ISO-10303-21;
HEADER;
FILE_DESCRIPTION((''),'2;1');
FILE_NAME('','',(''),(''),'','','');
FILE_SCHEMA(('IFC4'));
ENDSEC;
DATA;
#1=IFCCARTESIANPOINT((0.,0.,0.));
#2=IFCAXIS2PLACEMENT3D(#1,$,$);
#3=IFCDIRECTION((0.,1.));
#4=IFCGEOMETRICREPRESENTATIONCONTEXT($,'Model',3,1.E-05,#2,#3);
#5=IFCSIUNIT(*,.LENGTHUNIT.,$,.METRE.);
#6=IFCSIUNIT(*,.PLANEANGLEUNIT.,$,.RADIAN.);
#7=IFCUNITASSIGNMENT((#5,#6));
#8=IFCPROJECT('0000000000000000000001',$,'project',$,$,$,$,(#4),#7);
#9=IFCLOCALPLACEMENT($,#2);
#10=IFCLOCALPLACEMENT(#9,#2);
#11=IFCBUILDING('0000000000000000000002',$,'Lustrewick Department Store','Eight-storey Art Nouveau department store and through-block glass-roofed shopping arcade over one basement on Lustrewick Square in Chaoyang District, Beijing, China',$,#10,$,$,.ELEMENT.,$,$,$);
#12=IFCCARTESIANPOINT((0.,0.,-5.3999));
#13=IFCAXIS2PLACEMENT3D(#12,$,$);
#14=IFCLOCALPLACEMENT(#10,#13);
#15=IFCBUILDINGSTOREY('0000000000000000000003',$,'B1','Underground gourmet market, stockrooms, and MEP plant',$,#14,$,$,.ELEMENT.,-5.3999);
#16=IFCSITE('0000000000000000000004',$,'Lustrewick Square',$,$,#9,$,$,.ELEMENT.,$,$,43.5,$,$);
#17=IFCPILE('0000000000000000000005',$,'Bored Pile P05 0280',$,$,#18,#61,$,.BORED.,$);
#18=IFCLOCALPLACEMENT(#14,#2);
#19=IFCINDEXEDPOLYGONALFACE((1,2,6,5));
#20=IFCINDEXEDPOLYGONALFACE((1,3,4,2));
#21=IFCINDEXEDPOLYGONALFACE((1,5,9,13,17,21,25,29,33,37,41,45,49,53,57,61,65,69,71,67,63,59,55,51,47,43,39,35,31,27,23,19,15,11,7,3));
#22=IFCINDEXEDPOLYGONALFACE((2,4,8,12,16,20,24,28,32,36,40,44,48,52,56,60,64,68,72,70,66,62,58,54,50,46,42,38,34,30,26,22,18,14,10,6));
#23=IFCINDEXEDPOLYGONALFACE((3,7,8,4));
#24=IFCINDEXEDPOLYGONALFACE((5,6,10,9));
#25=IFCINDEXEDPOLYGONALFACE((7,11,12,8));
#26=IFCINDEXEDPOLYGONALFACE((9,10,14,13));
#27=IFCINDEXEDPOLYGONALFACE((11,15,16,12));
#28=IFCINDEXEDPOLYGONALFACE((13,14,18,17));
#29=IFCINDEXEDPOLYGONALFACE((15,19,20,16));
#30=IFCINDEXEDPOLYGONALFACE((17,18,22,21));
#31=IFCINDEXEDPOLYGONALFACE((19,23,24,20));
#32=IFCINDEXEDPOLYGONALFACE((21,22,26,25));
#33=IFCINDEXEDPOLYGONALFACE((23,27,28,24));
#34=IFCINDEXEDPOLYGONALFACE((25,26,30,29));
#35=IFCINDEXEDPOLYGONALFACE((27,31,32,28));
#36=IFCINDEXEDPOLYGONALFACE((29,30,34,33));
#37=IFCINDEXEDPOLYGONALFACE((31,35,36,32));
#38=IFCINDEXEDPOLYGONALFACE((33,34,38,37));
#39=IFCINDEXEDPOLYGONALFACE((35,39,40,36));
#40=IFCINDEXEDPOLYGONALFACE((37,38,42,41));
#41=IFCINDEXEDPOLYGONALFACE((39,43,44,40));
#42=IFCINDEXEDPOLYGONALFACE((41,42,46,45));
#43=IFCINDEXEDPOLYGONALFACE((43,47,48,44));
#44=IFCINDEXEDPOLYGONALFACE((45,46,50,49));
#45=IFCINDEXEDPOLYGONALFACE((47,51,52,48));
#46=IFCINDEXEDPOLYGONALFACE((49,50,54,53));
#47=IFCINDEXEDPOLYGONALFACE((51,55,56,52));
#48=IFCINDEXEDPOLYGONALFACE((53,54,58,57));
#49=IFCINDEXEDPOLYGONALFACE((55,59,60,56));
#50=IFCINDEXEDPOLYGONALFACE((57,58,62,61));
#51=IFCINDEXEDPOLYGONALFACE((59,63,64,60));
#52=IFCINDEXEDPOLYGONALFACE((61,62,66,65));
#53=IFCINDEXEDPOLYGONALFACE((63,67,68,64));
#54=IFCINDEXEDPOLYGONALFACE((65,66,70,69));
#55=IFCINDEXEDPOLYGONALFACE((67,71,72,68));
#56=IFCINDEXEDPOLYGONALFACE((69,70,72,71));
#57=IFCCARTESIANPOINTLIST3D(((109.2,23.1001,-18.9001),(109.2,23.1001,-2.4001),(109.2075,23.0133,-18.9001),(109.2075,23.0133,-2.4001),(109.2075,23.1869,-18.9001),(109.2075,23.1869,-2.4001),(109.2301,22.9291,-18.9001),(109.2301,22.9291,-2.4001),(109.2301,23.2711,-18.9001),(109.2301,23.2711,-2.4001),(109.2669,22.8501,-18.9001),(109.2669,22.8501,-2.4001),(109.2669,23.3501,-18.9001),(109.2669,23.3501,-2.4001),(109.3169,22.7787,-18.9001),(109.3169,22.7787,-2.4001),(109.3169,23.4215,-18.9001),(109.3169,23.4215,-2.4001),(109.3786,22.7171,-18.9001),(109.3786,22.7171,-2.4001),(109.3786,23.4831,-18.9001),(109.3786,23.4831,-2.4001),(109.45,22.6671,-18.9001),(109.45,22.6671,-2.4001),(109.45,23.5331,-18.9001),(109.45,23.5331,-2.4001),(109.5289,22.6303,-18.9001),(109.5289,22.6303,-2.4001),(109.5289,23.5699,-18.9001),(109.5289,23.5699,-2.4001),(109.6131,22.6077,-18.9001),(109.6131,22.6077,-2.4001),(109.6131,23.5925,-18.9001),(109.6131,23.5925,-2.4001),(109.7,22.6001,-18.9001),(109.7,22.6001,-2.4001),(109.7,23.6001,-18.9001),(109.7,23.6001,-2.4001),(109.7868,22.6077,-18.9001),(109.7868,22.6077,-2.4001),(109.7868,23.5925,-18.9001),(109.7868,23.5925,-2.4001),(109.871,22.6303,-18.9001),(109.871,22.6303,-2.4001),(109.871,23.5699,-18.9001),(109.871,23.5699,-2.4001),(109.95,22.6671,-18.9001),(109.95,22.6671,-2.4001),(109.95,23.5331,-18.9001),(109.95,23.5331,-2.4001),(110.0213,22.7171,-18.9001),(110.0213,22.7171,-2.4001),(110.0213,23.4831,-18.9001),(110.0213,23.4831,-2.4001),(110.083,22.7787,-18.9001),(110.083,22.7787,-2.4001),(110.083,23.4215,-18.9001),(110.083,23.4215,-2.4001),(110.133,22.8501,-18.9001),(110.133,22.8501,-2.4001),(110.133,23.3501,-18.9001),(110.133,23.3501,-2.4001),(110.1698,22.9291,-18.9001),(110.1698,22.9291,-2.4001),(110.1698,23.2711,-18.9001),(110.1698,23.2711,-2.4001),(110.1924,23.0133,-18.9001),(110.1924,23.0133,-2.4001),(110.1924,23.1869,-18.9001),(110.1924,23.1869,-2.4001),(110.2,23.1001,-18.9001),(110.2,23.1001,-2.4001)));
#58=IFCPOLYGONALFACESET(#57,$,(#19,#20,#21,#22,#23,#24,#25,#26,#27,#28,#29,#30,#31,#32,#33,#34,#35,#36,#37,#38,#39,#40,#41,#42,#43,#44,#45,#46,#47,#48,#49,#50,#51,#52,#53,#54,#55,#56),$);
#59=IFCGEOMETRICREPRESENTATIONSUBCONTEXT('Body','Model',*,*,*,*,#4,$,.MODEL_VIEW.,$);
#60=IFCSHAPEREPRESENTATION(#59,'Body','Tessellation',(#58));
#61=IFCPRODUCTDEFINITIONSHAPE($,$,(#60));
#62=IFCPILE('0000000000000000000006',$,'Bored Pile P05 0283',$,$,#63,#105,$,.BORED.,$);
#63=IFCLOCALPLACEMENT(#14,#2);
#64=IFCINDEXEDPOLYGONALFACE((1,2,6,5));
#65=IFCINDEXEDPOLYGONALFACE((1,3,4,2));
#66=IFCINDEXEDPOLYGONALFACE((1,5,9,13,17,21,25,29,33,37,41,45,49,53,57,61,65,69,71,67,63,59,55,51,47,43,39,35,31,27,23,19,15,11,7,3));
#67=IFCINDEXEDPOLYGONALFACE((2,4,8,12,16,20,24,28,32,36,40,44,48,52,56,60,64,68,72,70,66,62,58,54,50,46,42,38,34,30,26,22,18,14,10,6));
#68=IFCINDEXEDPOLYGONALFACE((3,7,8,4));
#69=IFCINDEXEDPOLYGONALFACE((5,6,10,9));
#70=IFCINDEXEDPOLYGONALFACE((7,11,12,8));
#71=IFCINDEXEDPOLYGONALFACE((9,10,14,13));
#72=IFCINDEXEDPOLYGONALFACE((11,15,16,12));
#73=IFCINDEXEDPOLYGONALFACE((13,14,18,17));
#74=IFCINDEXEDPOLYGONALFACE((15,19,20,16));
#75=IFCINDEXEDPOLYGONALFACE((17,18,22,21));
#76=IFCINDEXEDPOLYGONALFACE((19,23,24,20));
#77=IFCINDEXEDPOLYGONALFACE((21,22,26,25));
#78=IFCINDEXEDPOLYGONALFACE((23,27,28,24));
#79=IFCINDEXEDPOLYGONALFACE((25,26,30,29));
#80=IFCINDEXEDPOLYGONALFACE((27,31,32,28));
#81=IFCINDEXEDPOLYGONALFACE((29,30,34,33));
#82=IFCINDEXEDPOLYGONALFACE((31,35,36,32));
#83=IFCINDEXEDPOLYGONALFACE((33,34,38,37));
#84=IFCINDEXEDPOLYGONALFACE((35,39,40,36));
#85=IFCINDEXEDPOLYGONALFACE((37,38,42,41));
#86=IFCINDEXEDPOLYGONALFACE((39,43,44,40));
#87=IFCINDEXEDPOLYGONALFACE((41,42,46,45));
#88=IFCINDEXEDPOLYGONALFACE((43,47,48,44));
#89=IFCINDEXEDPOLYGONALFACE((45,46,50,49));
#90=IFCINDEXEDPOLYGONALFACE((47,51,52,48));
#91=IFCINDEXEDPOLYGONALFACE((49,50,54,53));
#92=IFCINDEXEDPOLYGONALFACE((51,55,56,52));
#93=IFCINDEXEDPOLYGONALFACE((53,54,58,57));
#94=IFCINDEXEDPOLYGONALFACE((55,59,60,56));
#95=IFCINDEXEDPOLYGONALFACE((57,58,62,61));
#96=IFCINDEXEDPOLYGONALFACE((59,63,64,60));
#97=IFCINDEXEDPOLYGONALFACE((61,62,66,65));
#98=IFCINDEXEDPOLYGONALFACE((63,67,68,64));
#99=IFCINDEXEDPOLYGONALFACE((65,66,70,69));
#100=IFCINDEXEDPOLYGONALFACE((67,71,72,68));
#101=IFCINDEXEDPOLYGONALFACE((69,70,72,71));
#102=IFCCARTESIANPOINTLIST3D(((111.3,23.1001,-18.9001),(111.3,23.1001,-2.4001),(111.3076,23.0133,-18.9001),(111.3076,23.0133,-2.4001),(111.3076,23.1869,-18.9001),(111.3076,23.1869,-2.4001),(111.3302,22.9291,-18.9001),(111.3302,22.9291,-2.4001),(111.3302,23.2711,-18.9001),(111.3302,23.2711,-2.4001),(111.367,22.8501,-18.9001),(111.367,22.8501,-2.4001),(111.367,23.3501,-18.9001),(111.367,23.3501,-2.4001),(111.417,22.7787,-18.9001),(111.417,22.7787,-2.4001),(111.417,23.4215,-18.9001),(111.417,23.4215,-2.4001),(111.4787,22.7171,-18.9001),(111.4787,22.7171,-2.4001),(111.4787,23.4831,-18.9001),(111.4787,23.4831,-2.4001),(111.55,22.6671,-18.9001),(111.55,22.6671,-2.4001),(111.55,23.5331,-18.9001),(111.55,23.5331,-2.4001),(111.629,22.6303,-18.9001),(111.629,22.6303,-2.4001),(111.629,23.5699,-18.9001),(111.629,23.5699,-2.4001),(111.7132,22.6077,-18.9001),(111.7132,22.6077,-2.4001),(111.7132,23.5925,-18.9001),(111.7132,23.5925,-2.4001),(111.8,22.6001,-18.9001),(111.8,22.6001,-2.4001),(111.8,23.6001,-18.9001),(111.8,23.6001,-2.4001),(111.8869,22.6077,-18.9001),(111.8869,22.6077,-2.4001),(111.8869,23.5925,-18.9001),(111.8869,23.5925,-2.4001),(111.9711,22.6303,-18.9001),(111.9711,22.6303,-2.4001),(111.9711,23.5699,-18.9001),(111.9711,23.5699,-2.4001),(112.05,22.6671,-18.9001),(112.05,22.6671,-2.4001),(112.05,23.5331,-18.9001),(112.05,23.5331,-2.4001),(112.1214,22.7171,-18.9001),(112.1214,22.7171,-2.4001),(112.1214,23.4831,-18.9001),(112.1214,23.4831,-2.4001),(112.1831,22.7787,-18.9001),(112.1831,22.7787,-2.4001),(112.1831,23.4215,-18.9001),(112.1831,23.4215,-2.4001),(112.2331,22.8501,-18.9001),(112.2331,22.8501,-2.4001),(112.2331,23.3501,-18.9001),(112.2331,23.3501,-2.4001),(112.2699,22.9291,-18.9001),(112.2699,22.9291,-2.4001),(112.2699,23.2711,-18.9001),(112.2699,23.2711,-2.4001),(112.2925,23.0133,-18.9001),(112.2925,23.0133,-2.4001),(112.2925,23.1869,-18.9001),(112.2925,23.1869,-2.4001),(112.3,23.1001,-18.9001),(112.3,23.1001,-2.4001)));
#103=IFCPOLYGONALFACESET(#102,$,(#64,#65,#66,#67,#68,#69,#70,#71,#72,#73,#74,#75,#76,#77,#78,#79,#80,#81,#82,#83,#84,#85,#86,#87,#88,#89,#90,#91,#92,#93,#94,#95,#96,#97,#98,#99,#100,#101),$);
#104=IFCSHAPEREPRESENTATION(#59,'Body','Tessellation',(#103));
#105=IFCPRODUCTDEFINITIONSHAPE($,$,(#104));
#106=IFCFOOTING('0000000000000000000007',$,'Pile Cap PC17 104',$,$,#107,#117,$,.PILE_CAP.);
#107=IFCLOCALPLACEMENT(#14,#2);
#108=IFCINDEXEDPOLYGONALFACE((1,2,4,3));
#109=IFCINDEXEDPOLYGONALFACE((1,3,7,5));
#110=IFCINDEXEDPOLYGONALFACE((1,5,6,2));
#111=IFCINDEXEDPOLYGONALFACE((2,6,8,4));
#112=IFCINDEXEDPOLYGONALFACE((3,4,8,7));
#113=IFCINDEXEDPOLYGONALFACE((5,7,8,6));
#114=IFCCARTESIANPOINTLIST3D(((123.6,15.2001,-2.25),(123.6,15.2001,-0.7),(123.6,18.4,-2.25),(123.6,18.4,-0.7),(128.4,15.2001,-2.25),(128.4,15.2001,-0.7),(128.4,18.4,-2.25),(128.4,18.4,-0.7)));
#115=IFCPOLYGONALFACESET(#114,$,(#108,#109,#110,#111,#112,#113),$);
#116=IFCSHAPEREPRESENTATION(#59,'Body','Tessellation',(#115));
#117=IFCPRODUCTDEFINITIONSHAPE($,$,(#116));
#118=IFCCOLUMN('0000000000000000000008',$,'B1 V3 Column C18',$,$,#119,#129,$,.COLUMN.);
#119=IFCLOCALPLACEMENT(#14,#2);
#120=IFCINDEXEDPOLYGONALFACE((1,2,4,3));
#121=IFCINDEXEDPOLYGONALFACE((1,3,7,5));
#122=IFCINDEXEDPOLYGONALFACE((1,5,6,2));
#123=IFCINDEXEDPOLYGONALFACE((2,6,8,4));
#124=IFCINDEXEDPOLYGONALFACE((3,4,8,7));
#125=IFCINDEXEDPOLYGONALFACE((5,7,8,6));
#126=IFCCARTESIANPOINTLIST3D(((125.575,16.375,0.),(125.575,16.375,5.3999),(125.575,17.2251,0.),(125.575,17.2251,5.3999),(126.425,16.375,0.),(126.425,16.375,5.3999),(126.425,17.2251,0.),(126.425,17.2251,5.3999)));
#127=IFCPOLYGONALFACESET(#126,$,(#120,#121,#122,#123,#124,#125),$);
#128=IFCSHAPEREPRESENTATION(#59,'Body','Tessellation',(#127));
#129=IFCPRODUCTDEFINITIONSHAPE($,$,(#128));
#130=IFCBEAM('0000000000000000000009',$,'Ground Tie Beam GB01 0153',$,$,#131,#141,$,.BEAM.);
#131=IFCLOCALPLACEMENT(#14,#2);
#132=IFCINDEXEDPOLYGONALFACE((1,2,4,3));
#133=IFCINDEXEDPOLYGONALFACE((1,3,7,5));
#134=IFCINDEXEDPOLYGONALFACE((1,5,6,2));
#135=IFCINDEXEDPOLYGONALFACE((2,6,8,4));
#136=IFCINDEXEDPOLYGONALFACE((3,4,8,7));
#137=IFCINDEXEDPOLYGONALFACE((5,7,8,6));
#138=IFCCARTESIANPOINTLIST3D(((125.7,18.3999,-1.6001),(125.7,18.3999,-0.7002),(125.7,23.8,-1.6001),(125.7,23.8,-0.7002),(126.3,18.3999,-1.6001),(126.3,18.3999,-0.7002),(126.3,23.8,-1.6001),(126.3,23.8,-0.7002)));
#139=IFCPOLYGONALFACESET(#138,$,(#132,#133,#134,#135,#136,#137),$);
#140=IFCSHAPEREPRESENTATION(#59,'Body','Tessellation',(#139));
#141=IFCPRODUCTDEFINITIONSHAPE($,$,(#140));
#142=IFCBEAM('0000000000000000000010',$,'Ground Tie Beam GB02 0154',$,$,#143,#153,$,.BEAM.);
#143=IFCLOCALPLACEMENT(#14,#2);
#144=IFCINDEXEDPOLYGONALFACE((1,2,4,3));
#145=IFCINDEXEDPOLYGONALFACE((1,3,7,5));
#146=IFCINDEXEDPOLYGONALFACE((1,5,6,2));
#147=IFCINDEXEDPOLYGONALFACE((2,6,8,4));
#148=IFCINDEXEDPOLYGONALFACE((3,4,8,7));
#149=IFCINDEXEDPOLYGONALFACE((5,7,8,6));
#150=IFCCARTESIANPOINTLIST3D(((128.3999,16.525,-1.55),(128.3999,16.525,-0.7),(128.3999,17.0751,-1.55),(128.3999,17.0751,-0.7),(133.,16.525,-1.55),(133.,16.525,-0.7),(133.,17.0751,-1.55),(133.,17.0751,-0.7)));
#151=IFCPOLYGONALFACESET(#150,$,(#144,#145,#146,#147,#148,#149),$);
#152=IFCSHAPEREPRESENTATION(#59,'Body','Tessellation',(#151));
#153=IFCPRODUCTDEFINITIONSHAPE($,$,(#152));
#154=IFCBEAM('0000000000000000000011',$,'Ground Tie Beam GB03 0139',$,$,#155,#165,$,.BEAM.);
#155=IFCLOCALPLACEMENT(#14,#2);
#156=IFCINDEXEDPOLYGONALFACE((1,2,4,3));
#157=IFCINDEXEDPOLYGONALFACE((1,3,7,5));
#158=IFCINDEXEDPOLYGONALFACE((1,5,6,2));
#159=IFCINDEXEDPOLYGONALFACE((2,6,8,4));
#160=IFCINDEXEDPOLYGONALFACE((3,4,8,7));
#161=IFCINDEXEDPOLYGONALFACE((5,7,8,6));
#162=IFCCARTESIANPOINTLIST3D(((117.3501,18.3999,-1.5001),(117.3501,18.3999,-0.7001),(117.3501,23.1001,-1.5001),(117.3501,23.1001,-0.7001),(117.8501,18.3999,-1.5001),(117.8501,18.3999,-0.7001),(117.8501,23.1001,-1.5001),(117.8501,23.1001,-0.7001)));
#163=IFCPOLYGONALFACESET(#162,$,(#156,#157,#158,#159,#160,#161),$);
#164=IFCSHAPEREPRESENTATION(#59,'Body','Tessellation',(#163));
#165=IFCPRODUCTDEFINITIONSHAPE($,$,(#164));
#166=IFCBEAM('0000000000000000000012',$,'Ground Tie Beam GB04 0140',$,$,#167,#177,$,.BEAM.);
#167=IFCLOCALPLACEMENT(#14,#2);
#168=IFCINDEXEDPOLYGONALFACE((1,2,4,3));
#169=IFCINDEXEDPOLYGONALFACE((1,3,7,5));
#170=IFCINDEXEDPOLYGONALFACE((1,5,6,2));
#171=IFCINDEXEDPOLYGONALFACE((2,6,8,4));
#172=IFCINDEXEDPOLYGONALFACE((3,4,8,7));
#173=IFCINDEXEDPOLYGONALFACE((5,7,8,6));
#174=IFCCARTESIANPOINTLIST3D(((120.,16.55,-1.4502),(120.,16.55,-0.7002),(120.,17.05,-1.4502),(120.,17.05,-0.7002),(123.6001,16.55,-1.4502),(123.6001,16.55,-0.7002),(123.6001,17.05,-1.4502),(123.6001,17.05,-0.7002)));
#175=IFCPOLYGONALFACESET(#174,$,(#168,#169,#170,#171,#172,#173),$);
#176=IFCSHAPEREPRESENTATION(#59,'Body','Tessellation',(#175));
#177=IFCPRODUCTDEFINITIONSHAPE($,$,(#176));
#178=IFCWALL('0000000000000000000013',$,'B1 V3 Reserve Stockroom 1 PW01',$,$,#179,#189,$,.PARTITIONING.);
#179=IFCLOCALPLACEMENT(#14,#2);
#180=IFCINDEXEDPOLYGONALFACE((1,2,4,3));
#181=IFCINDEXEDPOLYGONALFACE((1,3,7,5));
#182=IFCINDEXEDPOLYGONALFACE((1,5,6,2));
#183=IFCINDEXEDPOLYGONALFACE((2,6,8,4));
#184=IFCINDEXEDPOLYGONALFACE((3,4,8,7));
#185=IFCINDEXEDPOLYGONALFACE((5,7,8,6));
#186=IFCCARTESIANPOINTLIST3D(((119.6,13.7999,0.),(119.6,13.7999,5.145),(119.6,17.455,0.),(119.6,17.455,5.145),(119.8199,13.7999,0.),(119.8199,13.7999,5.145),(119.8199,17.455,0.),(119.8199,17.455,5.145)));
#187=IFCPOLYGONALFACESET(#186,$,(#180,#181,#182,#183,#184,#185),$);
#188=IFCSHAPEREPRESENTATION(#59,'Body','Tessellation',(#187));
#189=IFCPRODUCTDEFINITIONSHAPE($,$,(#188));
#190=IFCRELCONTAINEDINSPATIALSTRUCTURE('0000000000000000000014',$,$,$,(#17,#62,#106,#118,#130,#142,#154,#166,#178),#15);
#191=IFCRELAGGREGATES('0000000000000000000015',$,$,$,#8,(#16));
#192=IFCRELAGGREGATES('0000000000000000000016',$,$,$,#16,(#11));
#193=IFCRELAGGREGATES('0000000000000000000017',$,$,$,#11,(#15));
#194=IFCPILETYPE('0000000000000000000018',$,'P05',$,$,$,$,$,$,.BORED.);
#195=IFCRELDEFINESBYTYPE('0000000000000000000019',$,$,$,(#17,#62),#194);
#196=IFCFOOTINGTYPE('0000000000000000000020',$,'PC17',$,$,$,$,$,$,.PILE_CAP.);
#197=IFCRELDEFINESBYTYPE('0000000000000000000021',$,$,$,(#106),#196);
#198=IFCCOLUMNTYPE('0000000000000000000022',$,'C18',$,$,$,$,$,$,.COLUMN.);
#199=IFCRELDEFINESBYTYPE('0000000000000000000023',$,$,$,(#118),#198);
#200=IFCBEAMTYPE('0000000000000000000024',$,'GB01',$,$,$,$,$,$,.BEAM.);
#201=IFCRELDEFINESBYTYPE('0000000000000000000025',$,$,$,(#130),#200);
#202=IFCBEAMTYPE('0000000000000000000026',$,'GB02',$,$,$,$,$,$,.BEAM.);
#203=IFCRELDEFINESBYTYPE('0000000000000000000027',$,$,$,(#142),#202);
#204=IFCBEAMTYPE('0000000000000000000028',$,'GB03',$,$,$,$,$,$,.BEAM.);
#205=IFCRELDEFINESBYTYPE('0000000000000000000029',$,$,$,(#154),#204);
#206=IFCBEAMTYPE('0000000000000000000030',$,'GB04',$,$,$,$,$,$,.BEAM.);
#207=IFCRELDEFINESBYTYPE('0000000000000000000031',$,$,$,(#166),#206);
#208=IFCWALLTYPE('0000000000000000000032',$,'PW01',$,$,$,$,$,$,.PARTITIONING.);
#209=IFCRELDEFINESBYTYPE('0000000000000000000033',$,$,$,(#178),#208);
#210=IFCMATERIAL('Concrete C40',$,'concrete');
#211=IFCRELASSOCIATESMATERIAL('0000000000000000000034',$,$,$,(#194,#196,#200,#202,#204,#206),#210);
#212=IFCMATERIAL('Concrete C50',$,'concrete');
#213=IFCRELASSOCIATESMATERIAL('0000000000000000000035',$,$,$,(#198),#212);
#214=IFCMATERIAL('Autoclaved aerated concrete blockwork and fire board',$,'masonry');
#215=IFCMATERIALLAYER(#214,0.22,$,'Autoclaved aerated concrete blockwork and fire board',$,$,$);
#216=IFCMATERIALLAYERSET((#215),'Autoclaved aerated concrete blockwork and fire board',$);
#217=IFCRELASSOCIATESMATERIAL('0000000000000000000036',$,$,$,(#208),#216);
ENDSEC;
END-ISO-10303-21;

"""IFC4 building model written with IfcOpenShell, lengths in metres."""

from ifc_helpers import new_model, si_unit, direction, frame, frame_2d, origin, origin_2d, place, context, subcontext, project, spatial, rectangle, circle, extrude, material, layer, layer_set, material_profile, profile_set, type_object, element, save


model = new_model("IFC4")

# Units and contexts
model_context = context("Model", 3, precision=1e-05, world=origin(), true_north=direction((0.0, 1.0)))
body_context = subcontext(model_context, "Body", "Model", "MODEL_VIEW")
ifc_project = project(units=[si_unit("LENGTHUNIT", "METRE"), si_unit("PLANEANGLEUNIT", "RADIAN")], contexts=[model_context])

# Site, building, storey
site_placement = place(None, origin())
site = spatial("IfcSite", under=ifc_project, at=site_placement, Name="Lustrewick Square", CompositionType="ELEMENT", RefElevation=43.5)
building_placement = place(site_placement, origin())
building = spatial("IfcBuilding", under=site, at=building_placement, Name="Lustrewick Department Store", Description="Eight-storey Art Nouveau department store and through-block glass-roofed shopping arcade over one basement on Lustrewick Square in Chaoyang District, Beijing, China", CompositionType="ELEMENT")
storey_placement = place(building_placement, frame((0.0, 0.0, -5.3999)))
storey = spatial("IfcBuildingStorey", under=building, at=storey_placement, Name="B1", Description="Underground gourmet market, stockrooms, and MEP plant", CompositionType="ELEMENT", Elevation=-5.3999)

# Piles
ifc_material_1 = material(Name="Concrete C40", Category="concrete")
ifc_material_profile_1 = material_profile(ifc_material_1, circle(Radius=0.5, at=origin_2d()), Name="PILE D1000")
ifc_profile_set_1 = profile_set([ifc_material_profile_1], Name="Concrete C40")
pile_type_1 = type_object("IfcPileType", Name="P05", PredefinedType="BORED", material=ifc_profile_set_1)
for number, where, z_axis, x_axis, name in (
    (1, (109.7, 23.1001, -2.4001), (0.0, 0.0, -1.0), (1.0, 0.0, 0.0), "Bored Pile P05 0280"),
    (2, (111.8, 23.1001, -2.4001), (0.0, 0.0, -1.0), (1.0, 0.0, 0.0), "Bored Pile P05 0283"),
):
    element("IfcPile", number, at=place(storey_placement, frame(where, z_axis=z_axis, x_axis=x_axis)), inside=storey, type_object=pile_type_1, Name=name, PredefinedType="BORED", context=body_context, shape_type="SweptSolid", body=[
        extrude(circle(Radius=0.5, at=origin_2d()), origin(), (0.0, 0.0, 1.0), 16.5),
    ])

# Footing
footing_type = type_object("IfcFootingType", Name="PC17", PredefinedType="PILE_CAP", material=ifc_material_1)
footing_placement = place(storey_placement, frame((126.0, 16.8, -2.25), z_axis=(0.0, 0.0, 1.0), x_axis=(1.0, 0.0, 0.0)))
element("IfcFooting", 3, at=footing_placement, inside=storey, type_object=footing_type, Name="Pile Cap PC17 104", PredefinedType="PILE_CAP", context=body_context, shape_type="SweptSolid", body=[
    extrude(rectangle(XDim=4.8, YDim=3.2, at=origin_2d()), origin(), (0.0, 0.0, 1.0), 1.55),
])

# Column
ifc_material_2 = material(Name="Concrete C50", Category="concrete")
ifc_material_profile_2 = material_profile(ifc_material_2, rectangle(XDim=0.8501, YDim=0.8501, at=origin_2d()), Name="RC 850x850")
ifc_profile_set_2 = profile_set([ifc_material_profile_2], Name="Concrete C50")
column_type = type_object("IfcColumnType", Name="C18", PredefinedType="COLUMN", material=ifc_profile_set_2)
column_placement = place(storey_placement, frame((126.0, 16.8, 0.0), z_axis=(0.0, 0.0, 1.0), x_axis=(1.0, 0.0, 0.0)))
element("IfcColumn", 4, at=column_placement, inside=storey, type_object=column_type, Name="B1 V3 Column C18", PredefinedType="COLUMN", context=body_context, shape_type="SweptSolid", body=[
    extrude(rectangle(XDim=0.8501, YDim=0.8501, at=origin_2d()), origin(), (0.0, 0.0, 1.0), 5.3999),
])

# Beams
ifc_material_profile_3 = material_profile(ifc_material_1, rectangle(XDim=0.6001, YDim=0.8999, at=origin_2d()), Name="RC 600x900")
ifc_profile_set_3 = profile_set([ifc_material_profile_3], Name="Concrete C40")
beam_type_1 = type_object("IfcBeamType", Name="GB01", PredefinedType="BEAM", material=ifc_profile_set_3)
beam_1_placement = place(storey_placement, frame((126.0, 18.3999, -1.1501), z_axis=(0.0, 1.0, 0.0), x_axis=(-1.0, 0.0, 0.0)))
element("IfcBeam", 5, at=beam_1_placement, inside=storey, type_object=beam_type_1, Name="Ground Tie Beam GB01 0153", PredefinedType="BEAM", context=body_context, shape_type="SweptSolid", body=[
    extrude(rectangle(XDim=0.6001, YDim=0.8999, at=origin_2d()), origin(), (0.0, 0.0, 1.0), 5.4001),
])
ifc_material_profile_4 = material_profile(ifc_material_1, rectangle(XDim=0.55, YDim=0.8501, at=origin_2d()), Name="RC 550x850")
ifc_profile_set_4 = profile_set([ifc_material_profile_4], Name="Concrete C40")
beam_type_2 = type_object("IfcBeamType", Name="GB02", PredefinedType="BEAM", material=ifc_profile_set_4)
beam_2_placement = place(storey_placement, frame((128.3999, 16.8, -1.125), z_axis=(1.0, 0.0, 0.0), x_axis=(0.0, 1.0, 0.0)))
element("IfcBeam", 6, at=beam_2_placement, inside=storey, type_object=beam_type_2, Name="Ground Tie Beam GB02 0154", PredefinedType="BEAM", context=body_context, shape_type="SweptSolid", body=[
    extrude(rectangle(XDim=0.55, YDim=0.8501, at=origin_2d()), origin(), (0.0, 0.0, 1.0), 4.6001),
])
ifc_material_profile_5 = material_profile(ifc_material_1, rectangle(XDim=0.5, YDim=0.8, at=origin_2d()), Name="RC 500x800")
ifc_profile_set_5 = profile_set([ifc_material_profile_5], Name="Concrete C40")
beam_type_3 = type_object("IfcBeamType", Name="GB03", PredefinedType="BEAM", material=ifc_profile_set_5)
beam_3_placement = place(storey_placement, frame((117.6001, 18.3999, -1.1001), z_axis=(0.0, 1.0, 0.0), x_axis=(-1.0, 0.0, 0.0)))
element("IfcBeam", 7, at=beam_3_placement, inside=storey, type_object=beam_type_3, Name="Ground Tie Beam GB03 0139", PredefinedType="BEAM", context=body_context, shape_type="SweptSolid", body=[
    extrude(rectangle(XDim=0.5, YDim=0.8, at=origin_2d()), origin(), (0.0, 0.0, 1.0), 4.7002),
])
ifc_material_profile_6 = material_profile(ifc_material_1, rectangle(XDim=0.5, YDim=0.75, at=origin_2d()), Name="RC 500x750")
ifc_profile_set_6 = profile_set([ifc_material_profile_6], Name="Concrete C40")
beam_type_4 = type_object("IfcBeamType", Name="GB04", PredefinedType="BEAM", material=ifc_profile_set_6)
beam_4_placement = place(storey_placement, frame((120.0, 16.8, -1.0752), z_axis=(1.0, 0.0, 0.0), x_axis=(0.0, 1.0, 0.0)))
element("IfcBeam", 8, at=beam_4_placement, inside=storey, type_object=beam_type_4, Name="Ground Tie Beam GB04 0140", PredefinedType="BEAM", context=body_context, shape_type="SweptSolid", body=[
    extrude(rectangle(XDim=0.5, YDim=0.75, at=origin_2d()), origin(), (0.0, 0.0, 1.0), 3.6001),
])

# Wall
ifc_material_3 = material(Name="Autoclaved aerated concrete blockwork and fire board", Category="masonry")
ifc_layer_1 = layer(ifc_material_3, 0.22, Name="Autoclaved aerated concrete blockwork and fire board")
ifc_layer_set_1 = layer_set([ifc_layer_1], Name="Autoclaved aerated concrete blockwork and fire board")
wall_type_1 = type_object("IfcWallType", Name="PW01", PredefinedType="PARTITIONING", material=ifc_layer_set_1)
wall_1_placement = place(storey_placement, frame((119.71, 17.4551, 0.0), z_axis=(0.0, 0.0, 1.0), x_axis=(0.0, -1.0, 0.0)))
element("IfcWall", 9, at=wall_1_placement, inside=storey, type_object=wall_type_1, Name="B1 V3 Reserve Stockroom 1 PW01", PredefinedType="PARTITIONING", context=body_context, shape_type="SweptSolid", body=[
    extrude(rectangle(XDim=3.655, YDim=0.22, at=frame_2d((1.8276, 0.0))), origin(), (0.0, 0.0, 1.0), 5.145),
])

save(model, "model.ifc")
